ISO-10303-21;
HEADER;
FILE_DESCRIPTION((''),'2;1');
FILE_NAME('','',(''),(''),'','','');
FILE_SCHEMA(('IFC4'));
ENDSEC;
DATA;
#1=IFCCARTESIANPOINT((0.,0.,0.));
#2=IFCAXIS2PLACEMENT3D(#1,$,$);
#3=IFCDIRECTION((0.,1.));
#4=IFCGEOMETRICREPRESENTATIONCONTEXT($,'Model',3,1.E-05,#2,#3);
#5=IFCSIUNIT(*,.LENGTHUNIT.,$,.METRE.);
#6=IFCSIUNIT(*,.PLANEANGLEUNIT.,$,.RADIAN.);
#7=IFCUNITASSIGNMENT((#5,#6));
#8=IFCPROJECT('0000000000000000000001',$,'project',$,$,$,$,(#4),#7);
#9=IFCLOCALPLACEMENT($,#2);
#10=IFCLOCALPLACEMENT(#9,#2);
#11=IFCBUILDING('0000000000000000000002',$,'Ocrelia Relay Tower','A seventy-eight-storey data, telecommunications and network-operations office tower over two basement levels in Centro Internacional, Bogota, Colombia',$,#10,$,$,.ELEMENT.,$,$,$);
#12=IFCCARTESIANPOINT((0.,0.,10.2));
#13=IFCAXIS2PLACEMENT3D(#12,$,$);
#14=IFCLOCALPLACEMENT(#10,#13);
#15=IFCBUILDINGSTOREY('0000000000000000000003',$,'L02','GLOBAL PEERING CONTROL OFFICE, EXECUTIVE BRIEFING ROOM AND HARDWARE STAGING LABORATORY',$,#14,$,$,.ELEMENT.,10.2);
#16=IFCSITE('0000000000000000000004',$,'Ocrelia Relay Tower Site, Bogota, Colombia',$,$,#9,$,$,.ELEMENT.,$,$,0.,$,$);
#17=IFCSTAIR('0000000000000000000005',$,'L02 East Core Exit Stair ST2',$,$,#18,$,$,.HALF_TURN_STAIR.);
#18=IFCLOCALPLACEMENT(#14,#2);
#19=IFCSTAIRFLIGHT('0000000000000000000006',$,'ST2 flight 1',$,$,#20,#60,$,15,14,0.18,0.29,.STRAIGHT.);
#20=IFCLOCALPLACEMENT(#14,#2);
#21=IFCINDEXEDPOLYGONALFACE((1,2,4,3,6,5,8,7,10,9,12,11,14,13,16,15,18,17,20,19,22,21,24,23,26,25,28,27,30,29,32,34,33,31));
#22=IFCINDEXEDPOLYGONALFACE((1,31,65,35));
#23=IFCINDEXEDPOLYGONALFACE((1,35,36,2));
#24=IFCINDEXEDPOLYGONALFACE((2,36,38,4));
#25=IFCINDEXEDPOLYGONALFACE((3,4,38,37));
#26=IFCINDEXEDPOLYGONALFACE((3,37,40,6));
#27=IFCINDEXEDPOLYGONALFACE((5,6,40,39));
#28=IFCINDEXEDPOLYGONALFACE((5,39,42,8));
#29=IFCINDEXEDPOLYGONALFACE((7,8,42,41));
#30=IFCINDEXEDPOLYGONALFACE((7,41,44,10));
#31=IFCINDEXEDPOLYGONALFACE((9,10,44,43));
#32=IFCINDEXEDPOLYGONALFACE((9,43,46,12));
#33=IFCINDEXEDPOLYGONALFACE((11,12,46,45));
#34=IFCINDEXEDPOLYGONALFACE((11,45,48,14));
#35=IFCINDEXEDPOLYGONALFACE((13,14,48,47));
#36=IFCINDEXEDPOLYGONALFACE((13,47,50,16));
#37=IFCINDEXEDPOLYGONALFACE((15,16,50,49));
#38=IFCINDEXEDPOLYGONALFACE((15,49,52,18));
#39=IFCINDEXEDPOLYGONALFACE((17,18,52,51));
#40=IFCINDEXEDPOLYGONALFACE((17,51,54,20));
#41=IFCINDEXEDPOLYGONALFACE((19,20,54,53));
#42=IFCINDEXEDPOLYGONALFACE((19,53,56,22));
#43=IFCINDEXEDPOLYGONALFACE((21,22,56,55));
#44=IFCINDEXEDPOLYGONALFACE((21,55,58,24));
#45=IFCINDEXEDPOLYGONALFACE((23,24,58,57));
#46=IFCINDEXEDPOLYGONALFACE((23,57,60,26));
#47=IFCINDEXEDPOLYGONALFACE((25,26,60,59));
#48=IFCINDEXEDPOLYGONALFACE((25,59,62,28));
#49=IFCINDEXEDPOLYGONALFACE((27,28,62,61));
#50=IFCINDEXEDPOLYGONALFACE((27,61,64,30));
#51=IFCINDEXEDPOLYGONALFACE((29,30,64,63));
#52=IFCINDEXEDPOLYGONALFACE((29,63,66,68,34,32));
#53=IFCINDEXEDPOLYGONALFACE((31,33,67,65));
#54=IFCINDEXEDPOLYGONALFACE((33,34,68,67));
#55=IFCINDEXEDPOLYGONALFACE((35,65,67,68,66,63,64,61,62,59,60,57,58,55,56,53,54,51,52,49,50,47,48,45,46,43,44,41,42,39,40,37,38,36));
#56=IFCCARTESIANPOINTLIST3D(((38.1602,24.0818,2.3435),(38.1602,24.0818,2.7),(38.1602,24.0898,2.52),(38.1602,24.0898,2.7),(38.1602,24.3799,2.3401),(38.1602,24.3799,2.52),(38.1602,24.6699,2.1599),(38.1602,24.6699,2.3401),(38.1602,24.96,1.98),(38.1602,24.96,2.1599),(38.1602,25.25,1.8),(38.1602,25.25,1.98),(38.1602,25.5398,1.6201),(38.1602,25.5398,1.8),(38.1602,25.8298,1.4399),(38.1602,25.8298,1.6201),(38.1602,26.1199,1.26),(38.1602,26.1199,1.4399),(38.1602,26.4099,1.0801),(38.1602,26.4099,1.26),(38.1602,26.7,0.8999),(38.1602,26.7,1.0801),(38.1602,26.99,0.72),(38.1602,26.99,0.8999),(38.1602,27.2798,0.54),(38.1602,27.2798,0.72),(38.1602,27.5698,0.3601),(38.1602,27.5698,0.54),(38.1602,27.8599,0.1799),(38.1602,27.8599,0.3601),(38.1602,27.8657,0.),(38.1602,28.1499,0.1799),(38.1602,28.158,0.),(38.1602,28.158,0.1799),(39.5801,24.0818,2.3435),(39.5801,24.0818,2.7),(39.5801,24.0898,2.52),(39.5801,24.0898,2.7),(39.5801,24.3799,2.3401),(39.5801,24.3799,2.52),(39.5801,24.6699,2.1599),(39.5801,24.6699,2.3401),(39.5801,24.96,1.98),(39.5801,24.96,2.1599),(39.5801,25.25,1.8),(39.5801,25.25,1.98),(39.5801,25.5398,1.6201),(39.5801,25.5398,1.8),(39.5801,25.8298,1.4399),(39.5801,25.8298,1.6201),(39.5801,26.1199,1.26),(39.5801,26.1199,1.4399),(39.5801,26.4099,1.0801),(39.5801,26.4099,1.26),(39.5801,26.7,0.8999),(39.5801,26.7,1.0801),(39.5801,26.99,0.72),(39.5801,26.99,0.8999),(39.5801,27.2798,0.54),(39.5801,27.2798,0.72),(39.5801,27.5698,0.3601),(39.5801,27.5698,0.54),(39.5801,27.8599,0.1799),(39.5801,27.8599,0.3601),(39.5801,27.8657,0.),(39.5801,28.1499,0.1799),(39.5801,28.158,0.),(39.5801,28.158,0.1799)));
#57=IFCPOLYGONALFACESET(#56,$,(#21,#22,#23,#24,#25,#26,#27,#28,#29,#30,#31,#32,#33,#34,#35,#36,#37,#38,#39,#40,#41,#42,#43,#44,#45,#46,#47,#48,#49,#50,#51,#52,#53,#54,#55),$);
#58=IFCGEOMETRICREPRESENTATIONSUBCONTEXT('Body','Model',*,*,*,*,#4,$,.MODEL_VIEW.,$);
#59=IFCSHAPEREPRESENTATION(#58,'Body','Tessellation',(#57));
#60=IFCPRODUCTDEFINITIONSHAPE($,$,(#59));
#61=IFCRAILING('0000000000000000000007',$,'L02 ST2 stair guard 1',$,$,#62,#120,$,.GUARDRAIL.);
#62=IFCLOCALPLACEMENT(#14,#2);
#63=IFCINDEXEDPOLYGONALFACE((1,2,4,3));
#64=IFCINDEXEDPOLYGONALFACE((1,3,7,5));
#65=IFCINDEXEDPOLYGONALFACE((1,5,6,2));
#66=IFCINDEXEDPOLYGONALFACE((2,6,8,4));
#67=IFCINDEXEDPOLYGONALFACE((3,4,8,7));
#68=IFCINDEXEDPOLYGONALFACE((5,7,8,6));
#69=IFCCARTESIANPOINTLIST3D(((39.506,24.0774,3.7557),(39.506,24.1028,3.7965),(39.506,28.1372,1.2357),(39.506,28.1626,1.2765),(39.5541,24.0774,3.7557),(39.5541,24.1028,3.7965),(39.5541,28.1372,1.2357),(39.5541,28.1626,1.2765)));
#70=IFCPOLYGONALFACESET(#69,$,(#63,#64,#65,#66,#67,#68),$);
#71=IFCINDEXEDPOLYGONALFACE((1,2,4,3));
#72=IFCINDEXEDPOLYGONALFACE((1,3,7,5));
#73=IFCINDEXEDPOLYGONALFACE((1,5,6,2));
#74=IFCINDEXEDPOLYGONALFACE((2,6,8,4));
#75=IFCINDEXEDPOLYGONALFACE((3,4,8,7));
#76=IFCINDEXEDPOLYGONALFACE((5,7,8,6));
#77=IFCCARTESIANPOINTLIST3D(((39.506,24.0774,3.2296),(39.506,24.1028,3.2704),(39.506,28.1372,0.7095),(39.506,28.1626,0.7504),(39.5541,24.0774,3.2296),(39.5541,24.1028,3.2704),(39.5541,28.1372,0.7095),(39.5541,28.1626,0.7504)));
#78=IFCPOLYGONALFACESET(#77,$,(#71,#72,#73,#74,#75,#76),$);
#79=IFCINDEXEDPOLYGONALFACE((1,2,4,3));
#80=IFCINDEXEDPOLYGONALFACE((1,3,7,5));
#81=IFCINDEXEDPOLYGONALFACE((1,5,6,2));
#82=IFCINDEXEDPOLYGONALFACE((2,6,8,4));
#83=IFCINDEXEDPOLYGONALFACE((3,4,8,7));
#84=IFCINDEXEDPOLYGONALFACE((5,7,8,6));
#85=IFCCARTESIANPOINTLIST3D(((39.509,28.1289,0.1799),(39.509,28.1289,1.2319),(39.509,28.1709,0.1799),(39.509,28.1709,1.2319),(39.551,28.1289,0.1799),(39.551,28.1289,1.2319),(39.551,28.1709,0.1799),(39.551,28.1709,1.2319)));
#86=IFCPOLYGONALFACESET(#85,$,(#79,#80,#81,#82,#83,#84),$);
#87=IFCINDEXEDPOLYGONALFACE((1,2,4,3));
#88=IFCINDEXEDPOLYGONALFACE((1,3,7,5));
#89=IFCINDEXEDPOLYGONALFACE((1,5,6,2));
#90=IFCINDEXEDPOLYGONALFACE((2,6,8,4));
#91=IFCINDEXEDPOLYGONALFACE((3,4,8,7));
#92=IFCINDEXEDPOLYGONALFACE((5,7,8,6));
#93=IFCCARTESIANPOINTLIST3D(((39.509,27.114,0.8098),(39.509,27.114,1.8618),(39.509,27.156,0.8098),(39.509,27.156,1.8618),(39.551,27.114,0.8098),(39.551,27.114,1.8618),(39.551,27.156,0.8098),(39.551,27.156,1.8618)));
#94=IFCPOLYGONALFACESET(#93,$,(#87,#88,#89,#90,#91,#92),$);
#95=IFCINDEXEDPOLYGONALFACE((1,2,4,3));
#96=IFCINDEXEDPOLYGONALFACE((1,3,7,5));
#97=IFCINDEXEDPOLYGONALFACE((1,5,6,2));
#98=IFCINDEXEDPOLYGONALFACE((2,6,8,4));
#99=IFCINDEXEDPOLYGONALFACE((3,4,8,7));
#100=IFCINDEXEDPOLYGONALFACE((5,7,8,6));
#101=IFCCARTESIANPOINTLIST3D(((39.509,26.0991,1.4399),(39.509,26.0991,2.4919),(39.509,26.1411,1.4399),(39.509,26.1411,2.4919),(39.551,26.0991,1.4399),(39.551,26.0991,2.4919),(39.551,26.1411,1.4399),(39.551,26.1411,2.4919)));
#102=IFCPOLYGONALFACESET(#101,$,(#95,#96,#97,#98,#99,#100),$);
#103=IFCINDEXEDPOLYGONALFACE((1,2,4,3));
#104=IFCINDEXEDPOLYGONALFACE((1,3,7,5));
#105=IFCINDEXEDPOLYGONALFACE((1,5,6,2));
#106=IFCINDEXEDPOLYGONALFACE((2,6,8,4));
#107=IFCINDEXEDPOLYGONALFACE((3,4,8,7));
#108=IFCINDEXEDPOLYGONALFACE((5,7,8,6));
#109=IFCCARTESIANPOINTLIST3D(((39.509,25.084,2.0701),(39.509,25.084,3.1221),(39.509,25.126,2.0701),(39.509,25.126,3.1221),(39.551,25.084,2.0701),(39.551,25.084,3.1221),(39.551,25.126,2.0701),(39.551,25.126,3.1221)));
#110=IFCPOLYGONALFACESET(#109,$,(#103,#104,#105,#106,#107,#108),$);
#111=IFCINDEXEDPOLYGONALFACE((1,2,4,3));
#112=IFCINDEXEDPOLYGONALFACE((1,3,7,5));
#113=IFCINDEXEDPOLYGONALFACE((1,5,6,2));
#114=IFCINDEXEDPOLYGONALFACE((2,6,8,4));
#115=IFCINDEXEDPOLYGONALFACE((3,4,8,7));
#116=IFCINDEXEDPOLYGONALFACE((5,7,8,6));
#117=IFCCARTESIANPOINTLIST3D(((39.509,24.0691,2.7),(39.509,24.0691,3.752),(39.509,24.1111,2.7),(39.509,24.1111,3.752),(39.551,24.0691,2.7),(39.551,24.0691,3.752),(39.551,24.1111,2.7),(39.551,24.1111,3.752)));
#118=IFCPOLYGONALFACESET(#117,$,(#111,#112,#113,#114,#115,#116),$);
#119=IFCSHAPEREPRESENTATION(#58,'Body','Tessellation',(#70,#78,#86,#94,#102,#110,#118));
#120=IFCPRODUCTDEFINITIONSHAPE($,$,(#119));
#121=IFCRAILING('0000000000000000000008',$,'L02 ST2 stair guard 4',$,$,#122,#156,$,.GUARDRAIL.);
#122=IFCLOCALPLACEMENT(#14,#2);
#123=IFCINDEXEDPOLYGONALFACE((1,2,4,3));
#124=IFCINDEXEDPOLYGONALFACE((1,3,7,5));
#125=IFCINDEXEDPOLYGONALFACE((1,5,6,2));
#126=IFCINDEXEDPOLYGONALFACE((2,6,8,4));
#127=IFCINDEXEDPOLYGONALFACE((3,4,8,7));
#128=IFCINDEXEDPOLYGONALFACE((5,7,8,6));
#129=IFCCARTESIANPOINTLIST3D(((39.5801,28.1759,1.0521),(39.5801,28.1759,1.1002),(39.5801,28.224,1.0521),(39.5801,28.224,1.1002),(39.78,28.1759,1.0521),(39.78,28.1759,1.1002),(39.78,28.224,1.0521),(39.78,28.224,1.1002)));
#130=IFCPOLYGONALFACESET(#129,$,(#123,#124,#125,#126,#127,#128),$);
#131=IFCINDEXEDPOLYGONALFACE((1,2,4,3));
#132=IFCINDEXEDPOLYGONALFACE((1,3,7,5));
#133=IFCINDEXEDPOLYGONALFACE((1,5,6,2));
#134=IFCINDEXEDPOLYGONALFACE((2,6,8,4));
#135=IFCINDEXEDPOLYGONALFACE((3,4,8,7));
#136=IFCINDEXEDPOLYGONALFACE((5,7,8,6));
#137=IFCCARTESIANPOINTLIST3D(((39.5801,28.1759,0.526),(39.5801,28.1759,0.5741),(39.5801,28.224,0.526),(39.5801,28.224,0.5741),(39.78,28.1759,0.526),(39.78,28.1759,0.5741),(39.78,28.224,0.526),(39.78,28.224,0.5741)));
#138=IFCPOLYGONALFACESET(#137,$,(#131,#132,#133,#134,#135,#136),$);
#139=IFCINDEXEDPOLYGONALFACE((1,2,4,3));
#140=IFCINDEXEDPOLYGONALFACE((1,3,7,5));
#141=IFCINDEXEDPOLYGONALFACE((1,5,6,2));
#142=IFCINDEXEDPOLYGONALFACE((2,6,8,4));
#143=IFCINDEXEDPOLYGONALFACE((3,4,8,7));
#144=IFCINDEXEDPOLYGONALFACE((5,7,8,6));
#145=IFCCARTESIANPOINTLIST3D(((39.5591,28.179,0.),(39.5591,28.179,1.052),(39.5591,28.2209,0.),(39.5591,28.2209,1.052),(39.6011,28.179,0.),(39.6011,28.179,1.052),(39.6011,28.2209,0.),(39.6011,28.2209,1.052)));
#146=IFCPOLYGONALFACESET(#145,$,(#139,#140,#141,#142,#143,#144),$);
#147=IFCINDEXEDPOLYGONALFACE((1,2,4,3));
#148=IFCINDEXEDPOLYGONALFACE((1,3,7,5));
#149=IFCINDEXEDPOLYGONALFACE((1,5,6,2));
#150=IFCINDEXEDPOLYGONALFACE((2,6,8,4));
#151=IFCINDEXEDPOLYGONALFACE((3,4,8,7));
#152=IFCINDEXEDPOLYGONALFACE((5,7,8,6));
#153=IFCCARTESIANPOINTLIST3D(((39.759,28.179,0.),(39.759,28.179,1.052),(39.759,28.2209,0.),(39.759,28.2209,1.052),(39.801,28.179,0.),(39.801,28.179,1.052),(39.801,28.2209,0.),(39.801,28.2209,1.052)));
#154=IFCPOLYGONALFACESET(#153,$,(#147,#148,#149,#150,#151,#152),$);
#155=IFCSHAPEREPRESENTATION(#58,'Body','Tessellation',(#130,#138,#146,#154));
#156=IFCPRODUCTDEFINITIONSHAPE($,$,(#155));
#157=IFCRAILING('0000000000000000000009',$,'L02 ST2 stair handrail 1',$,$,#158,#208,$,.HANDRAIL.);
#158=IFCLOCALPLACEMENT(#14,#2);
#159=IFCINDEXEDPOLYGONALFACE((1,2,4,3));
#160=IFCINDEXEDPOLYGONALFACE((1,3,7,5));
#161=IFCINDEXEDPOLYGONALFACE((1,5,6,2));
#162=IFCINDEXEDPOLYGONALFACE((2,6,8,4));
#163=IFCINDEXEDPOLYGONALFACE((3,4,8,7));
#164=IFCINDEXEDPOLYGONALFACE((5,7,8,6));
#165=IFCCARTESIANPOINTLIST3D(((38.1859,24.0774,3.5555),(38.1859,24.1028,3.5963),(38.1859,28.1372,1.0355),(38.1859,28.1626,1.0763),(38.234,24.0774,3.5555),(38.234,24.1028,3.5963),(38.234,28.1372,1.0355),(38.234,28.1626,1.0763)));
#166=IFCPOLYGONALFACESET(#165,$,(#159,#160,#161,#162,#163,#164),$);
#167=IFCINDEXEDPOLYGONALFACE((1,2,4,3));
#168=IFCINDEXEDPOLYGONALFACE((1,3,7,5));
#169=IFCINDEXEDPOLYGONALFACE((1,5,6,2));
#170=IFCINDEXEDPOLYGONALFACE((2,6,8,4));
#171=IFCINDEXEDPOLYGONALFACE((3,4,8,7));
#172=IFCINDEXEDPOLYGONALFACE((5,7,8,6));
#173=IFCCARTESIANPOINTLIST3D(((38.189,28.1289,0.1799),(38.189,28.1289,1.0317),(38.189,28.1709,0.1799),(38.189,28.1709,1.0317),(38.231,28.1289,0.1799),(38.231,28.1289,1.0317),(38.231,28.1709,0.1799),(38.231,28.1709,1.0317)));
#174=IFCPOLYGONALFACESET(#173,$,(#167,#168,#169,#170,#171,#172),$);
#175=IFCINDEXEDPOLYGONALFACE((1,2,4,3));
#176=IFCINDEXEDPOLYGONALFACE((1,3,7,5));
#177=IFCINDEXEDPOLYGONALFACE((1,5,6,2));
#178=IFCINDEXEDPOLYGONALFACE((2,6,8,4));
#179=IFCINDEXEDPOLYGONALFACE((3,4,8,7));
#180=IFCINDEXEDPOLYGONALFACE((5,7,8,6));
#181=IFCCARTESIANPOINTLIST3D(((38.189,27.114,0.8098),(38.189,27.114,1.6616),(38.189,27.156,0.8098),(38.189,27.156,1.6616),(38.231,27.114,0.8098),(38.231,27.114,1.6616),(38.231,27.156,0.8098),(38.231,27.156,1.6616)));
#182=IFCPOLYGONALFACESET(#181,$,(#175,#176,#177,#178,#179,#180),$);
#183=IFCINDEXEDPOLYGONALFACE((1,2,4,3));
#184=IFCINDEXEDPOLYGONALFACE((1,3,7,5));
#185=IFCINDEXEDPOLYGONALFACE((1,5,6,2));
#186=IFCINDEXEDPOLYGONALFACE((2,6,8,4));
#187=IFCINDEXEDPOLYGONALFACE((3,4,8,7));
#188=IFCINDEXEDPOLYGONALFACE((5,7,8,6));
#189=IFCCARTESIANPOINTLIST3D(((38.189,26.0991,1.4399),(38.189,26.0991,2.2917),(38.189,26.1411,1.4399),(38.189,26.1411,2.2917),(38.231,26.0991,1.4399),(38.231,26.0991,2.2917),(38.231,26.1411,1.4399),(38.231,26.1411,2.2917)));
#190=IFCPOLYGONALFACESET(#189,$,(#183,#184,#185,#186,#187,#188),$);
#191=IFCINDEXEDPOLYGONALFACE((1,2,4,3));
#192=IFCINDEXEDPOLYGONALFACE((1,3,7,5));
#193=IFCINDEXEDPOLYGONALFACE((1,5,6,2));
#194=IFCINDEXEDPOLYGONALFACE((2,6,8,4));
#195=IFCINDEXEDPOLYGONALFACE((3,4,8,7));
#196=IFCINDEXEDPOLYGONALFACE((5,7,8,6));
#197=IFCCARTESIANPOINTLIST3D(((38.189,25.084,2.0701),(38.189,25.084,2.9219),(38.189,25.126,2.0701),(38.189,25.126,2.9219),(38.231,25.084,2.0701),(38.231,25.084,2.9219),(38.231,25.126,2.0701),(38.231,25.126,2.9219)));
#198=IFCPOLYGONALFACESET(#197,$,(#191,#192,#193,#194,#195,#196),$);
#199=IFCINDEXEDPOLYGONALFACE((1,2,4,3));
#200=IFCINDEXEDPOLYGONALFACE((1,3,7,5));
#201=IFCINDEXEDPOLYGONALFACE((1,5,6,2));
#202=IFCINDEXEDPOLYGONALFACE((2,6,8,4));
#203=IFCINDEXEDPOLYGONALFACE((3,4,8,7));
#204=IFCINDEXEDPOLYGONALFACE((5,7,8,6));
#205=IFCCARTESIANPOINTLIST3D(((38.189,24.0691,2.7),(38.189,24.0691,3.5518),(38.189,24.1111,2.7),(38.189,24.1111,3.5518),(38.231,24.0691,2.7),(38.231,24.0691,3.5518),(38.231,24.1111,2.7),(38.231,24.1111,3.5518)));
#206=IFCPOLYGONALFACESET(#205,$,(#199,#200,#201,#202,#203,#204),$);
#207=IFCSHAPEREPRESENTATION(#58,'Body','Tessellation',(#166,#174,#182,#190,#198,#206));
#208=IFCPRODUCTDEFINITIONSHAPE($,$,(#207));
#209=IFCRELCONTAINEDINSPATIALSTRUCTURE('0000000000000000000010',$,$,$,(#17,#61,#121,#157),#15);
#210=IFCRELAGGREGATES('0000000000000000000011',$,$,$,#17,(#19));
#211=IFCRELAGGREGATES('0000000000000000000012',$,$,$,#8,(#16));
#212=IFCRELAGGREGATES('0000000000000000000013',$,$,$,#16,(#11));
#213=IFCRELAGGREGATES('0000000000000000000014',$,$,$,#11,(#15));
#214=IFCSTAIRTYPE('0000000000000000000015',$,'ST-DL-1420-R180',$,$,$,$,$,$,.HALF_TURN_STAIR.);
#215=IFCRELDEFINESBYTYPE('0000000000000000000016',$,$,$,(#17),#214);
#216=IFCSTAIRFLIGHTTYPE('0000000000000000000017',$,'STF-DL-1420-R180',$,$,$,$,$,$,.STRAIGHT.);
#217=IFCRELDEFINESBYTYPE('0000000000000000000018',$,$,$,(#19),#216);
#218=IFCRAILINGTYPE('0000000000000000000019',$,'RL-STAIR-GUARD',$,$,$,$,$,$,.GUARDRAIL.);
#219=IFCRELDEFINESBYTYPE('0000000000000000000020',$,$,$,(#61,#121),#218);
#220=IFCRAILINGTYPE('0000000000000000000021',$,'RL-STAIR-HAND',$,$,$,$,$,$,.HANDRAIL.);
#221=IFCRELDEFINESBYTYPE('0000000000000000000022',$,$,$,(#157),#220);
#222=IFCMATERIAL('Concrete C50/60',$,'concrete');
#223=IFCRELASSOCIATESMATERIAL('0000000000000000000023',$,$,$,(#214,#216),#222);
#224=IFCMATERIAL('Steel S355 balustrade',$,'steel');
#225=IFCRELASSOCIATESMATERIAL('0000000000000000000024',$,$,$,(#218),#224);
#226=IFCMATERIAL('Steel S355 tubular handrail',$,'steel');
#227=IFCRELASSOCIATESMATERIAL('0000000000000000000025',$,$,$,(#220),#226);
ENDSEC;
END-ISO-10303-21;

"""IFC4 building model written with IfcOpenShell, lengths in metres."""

from ifc_helpers import new_model, si_unit, direction, frame, origin, origin_2d, place, context, subcontext, project, spatial, polyline, rectangle, outline, extrude, material, type_object, element, aggregate, save


model = new_model("IFC4")

# Units and contexts
model_context = context("Model", 3, precision=1e-05, world=origin(), true_north=direction((0.0, 1.0)))
body_context = subcontext(model_context, "Body", "Model", "MODEL_VIEW")
ifc_project = project(units=[si_unit("LENGTHUNIT", "METRE"), si_unit("PLANEANGLEUNIT", "RADIAN")], contexts=[model_context])

# Site, building, storey
site_placement = place(None, origin())
site = spatial("IfcSite", under=ifc_project, at=site_placement, Name="Ocrelia Relay Tower Site, Bogota, Colombia", CompositionType="ELEMENT", RefElevation=0.0)
building_placement = place(site_placement, origin())
building = spatial("IfcBuilding", under=site, at=building_placement, Name="Ocrelia Relay Tower", Description="A seventy-eight-storey data, telecommunications and network-operations office tower over two basement levels in Centro Internacional, Bogota, Colombia", CompositionType="ELEMENT")
storey_placement = place(building_placement, frame((0.0, 0.0, 10.2)))
storey = spatial("IfcBuildingStorey", under=building, at=storey_placement, Name="L02", Description="GLOBAL PEERING CONTROL OFFICE, EXECUTIVE BRIEFING ROOM AND HARDWARE STAGING LABORATORY", CompositionType="ELEMENT", Elevation=10.2)

# Shared definitions
ifc_material_1 = material(Name="Concrete C50/60", Category="concrete")

# Stair, stair flight
stair_type = type_object("IfcStairType", Name="ST-DL-1420-R180", PredefinedType="HALF_TURN_STAIR", material=ifc_material_1)
stair_placement = place(storey_placement, origin())
stair = element("IfcStair", 1, at=stair_placement, inside=storey, type_object=stair_type, Name="L02 East Core Exit Stair ST2", PredefinedType="HALF_TURN_STAIR")
stair_flight_type = type_object("IfcStairFlightType", Name="STF-DL-1420-R180", PredefinedType="STRAIGHT", material=ifc_material_1)
stair_flight_placement = place(storey_placement, frame((38.8701, 28.1499, 0.0), z_axis=(0.0, 0.0, 1.0), x_axis=(0.0, -1.0, 0.0)))
stair_flight = element("IfcStairFlight", 2, at=stair_flight_placement, type_object=stair_flight_type, Name="ST2 flight 1", NumberOfRisers=15, NumberOfTreads=14, PredefinedType="STRAIGHT", RiserHeight=0.18, TreadLength=0.29, context=body_context, shape_type="SweptSolid", body=[
    extrude(outline(polyline([(-0.0081, 0.0), (-0.0081, 0.1799), (0.0, 0.1799), (0.29, 0.1799), (0.29, 0.3601), (0.5801, 0.3601), (0.5801, 0.54), (0.8701, 0.54), (0.8701, 0.72), (1.1599, 0.72), (1.1599, 0.8999), (1.45, 0.8999), (1.45, 1.0801), (1.74, 1.0801), (1.74, 1.26), (2.03, 1.26), (2.03, 1.4399), (2.3201, 1.4399), (2.3201, 1.6201), (2.6101, 1.6201), (2.6101, 1.8), (2.8999, 1.8), (2.8999, 1.98), (3.1899, 1.98), (3.1899, 2.1599), (3.48, 2.1599), (3.48, 2.3401), (3.77, 2.3401), (3.77, 2.52), (4.0601, 2.52), (4.0601, 2.7), (4.0681, 2.7), (4.0681, 2.3435), (0.2842, 0.0), (-0.0081, 0.0)])), frame((0.0, 0.71, 0.0), z_axis=(0.0, -1.0, 0.0), x_axis=(1.0, 0.0, 0.0)), (0.0, 0.0, 1.0), 1.4199),
])
aggregate(stair, [stair_flight])

# Railings
ifc_material_2 = material(Name="Steel S355 balustrade", Category="steel")
railing_type_1 = type_object("IfcRailingType", Name="RL-STAIR-GUARD", PredefinedType="GUARDRAIL", material=ifc_material_2)
railing_1_placement = place(storey_placement, frame((39.53, 28.1499, 0.1799)))
element("IfcRailing", 3, at=railing_1_placement, inside=storey, type_object=railing_type_1, Name="L02 ST2 stair guard 1", PredefinedType="GUARDRAIL", context=body_context, shape_type="SweptSolid", body=[
    extrude(rectangle(XDim=0.0481, YDim=0.0481, at=origin_2d()), frame((0.0, 0.0, 1.0762), z_axis=(0.0, -0.849628, 0.527383), x_axis=(1.0, 0.0, 0.0)), (0.0, 0.0, 1.0), 4.7783),
    extrude(rectangle(XDim=0.0481, YDim=0.0481, at=origin_2d()), frame((0.0, 0.0, 0.55), z_axis=(0.0, -0.849628, 0.527383), x_axis=(1.0, 0.0, 0.0)), (0.0, 0.0, 1.0), 4.7783),
    extrude(rectangle(XDim=0.042, YDim=0.042, at=origin_2d()), origin(), (0.0, 0.0, 1.0), 1.052),
    extrude(rectangle(XDim=0.042, YDim=0.042, at=origin_2d()), frame((0.0, -1.0149, 0.6299)), (0.0, 0.0, 1.0), 1.052),
    extrude(rectangle(XDim=0.042, YDim=0.042, at=origin_2d()), frame((0.0, -2.0298, 1.26)), (0.0, 0.0, 1.0), 1.052),
    extrude(rectangle(XDim=0.042, YDim=0.042, at=origin_2d()), frame((0.0, -3.0449, 1.8901)), (0.0, 0.0, 1.0), 1.052),
    extrude(rectangle(XDim=0.042, YDim=0.042, at=origin_2d()), frame((0.0, -4.0598, 2.52)), (0.0, 0.0, 1.0), 1.052),
])
railing_2_placement = place(storey_placement, frame((39.5801, 28.2, 0.0)))
element("IfcRailing", 4, at=railing_2_placement, inside=storey, type_object=railing_type_1, Name="L02 ST2 stair guard 4", PredefinedType="GUARDRAIL", context=body_context, shape_type="SweptSolid", body=[
    extrude(rectangle(XDim=0.0481, YDim=0.0481, at=origin_2d()), frame((0.0, 0.0, 1.0762), z_axis=(1.0, 0.0, 0.0), x_axis=(0.0, 1.0, 0.0)), (0.0, 0.0, 1.0), 0.2),
    extrude(rectangle(XDim=0.0481, YDim=0.0481, at=origin_2d()), frame((0.0, 0.0, 0.55), z_axis=(1.0, 0.0, 0.0), x_axis=(0.0, 1.0, 0.0)), (0.0, 0.0, 1.0), 0.2),
    extrude(rectangle(XDim=0.042, YDim=0.042, at=origin_2d()), origin(), (0.0, 0.0, 1.0), 1.052),
    extrude(rectangle(XDim=0.042, YDim=0.042, at=origin_2d()), frame((0.2, 0.0, 0.0)), (0.0, 0.0, 1.0), 1.052),
])
ifc_material_3 = material(Name="Steel S355 tubular handrail", Category="steel")
railing_type_2 = type_object("IfcRailingType", Name="RL-STAIR-HAND", PredefinedType="HANDRAIL", material=ifc_material_3)
railing_3_placement = place(storey_placement, frame((38.21, 28.1499, 0.1799)))
element("IfcRailing", 5, at=railing_3_placement, inside=storey, type_object=railing_type_2, Name="L02 ST2 stair handrail 1", PredefinedType="HANDRAIL", context=body_context, shape_type="SweptSolid", body=[
    extrude(rectangle(XDim=0.0481, YDim=0.0481, at=origin_2d()), frame((0.0, 0.0, 0.876), z_axis=(0.0, -0.849628, 0.527383), x_axis=(1.0, 0.0, 0.0)), (0.0, 0.0, 1.0), 4.7783),
    extrude(rectangle(XDim=0.042, YDim=0.042, at=origin_2d()), origin(), (0.0, 0.0, 1.0), 0.8518),
    extrude(rectangle(XDim=0.042, YDim=0.042, at=origin_2d()), frame((0.0, -1.0149, 0.6299)), (0.0, 0.0, 1.0), 0.8518),
    extrude(rectangle(XDim=0.042, YDim=0.042, at=origin_2d()), frame((0.0, -2.0298, 1.26)), (0.0, 0.0, 1.0), 0.8518),
    extrude(rectangle(XDim=0.042, YDim=0.042, at=origin_2d()), frame((0.0, -3.0449, 1.8901)), (0.0, 0.0, 1.0), 0.8518),
    extrude(rectangle(XDim=0.042, YDim=0.042, at=origin_2d()), frame((0.0, -4.0598, 2.52)), (0.0, 0.0, 1.0), 0.8518),
])

save(model, "model.ifc")
